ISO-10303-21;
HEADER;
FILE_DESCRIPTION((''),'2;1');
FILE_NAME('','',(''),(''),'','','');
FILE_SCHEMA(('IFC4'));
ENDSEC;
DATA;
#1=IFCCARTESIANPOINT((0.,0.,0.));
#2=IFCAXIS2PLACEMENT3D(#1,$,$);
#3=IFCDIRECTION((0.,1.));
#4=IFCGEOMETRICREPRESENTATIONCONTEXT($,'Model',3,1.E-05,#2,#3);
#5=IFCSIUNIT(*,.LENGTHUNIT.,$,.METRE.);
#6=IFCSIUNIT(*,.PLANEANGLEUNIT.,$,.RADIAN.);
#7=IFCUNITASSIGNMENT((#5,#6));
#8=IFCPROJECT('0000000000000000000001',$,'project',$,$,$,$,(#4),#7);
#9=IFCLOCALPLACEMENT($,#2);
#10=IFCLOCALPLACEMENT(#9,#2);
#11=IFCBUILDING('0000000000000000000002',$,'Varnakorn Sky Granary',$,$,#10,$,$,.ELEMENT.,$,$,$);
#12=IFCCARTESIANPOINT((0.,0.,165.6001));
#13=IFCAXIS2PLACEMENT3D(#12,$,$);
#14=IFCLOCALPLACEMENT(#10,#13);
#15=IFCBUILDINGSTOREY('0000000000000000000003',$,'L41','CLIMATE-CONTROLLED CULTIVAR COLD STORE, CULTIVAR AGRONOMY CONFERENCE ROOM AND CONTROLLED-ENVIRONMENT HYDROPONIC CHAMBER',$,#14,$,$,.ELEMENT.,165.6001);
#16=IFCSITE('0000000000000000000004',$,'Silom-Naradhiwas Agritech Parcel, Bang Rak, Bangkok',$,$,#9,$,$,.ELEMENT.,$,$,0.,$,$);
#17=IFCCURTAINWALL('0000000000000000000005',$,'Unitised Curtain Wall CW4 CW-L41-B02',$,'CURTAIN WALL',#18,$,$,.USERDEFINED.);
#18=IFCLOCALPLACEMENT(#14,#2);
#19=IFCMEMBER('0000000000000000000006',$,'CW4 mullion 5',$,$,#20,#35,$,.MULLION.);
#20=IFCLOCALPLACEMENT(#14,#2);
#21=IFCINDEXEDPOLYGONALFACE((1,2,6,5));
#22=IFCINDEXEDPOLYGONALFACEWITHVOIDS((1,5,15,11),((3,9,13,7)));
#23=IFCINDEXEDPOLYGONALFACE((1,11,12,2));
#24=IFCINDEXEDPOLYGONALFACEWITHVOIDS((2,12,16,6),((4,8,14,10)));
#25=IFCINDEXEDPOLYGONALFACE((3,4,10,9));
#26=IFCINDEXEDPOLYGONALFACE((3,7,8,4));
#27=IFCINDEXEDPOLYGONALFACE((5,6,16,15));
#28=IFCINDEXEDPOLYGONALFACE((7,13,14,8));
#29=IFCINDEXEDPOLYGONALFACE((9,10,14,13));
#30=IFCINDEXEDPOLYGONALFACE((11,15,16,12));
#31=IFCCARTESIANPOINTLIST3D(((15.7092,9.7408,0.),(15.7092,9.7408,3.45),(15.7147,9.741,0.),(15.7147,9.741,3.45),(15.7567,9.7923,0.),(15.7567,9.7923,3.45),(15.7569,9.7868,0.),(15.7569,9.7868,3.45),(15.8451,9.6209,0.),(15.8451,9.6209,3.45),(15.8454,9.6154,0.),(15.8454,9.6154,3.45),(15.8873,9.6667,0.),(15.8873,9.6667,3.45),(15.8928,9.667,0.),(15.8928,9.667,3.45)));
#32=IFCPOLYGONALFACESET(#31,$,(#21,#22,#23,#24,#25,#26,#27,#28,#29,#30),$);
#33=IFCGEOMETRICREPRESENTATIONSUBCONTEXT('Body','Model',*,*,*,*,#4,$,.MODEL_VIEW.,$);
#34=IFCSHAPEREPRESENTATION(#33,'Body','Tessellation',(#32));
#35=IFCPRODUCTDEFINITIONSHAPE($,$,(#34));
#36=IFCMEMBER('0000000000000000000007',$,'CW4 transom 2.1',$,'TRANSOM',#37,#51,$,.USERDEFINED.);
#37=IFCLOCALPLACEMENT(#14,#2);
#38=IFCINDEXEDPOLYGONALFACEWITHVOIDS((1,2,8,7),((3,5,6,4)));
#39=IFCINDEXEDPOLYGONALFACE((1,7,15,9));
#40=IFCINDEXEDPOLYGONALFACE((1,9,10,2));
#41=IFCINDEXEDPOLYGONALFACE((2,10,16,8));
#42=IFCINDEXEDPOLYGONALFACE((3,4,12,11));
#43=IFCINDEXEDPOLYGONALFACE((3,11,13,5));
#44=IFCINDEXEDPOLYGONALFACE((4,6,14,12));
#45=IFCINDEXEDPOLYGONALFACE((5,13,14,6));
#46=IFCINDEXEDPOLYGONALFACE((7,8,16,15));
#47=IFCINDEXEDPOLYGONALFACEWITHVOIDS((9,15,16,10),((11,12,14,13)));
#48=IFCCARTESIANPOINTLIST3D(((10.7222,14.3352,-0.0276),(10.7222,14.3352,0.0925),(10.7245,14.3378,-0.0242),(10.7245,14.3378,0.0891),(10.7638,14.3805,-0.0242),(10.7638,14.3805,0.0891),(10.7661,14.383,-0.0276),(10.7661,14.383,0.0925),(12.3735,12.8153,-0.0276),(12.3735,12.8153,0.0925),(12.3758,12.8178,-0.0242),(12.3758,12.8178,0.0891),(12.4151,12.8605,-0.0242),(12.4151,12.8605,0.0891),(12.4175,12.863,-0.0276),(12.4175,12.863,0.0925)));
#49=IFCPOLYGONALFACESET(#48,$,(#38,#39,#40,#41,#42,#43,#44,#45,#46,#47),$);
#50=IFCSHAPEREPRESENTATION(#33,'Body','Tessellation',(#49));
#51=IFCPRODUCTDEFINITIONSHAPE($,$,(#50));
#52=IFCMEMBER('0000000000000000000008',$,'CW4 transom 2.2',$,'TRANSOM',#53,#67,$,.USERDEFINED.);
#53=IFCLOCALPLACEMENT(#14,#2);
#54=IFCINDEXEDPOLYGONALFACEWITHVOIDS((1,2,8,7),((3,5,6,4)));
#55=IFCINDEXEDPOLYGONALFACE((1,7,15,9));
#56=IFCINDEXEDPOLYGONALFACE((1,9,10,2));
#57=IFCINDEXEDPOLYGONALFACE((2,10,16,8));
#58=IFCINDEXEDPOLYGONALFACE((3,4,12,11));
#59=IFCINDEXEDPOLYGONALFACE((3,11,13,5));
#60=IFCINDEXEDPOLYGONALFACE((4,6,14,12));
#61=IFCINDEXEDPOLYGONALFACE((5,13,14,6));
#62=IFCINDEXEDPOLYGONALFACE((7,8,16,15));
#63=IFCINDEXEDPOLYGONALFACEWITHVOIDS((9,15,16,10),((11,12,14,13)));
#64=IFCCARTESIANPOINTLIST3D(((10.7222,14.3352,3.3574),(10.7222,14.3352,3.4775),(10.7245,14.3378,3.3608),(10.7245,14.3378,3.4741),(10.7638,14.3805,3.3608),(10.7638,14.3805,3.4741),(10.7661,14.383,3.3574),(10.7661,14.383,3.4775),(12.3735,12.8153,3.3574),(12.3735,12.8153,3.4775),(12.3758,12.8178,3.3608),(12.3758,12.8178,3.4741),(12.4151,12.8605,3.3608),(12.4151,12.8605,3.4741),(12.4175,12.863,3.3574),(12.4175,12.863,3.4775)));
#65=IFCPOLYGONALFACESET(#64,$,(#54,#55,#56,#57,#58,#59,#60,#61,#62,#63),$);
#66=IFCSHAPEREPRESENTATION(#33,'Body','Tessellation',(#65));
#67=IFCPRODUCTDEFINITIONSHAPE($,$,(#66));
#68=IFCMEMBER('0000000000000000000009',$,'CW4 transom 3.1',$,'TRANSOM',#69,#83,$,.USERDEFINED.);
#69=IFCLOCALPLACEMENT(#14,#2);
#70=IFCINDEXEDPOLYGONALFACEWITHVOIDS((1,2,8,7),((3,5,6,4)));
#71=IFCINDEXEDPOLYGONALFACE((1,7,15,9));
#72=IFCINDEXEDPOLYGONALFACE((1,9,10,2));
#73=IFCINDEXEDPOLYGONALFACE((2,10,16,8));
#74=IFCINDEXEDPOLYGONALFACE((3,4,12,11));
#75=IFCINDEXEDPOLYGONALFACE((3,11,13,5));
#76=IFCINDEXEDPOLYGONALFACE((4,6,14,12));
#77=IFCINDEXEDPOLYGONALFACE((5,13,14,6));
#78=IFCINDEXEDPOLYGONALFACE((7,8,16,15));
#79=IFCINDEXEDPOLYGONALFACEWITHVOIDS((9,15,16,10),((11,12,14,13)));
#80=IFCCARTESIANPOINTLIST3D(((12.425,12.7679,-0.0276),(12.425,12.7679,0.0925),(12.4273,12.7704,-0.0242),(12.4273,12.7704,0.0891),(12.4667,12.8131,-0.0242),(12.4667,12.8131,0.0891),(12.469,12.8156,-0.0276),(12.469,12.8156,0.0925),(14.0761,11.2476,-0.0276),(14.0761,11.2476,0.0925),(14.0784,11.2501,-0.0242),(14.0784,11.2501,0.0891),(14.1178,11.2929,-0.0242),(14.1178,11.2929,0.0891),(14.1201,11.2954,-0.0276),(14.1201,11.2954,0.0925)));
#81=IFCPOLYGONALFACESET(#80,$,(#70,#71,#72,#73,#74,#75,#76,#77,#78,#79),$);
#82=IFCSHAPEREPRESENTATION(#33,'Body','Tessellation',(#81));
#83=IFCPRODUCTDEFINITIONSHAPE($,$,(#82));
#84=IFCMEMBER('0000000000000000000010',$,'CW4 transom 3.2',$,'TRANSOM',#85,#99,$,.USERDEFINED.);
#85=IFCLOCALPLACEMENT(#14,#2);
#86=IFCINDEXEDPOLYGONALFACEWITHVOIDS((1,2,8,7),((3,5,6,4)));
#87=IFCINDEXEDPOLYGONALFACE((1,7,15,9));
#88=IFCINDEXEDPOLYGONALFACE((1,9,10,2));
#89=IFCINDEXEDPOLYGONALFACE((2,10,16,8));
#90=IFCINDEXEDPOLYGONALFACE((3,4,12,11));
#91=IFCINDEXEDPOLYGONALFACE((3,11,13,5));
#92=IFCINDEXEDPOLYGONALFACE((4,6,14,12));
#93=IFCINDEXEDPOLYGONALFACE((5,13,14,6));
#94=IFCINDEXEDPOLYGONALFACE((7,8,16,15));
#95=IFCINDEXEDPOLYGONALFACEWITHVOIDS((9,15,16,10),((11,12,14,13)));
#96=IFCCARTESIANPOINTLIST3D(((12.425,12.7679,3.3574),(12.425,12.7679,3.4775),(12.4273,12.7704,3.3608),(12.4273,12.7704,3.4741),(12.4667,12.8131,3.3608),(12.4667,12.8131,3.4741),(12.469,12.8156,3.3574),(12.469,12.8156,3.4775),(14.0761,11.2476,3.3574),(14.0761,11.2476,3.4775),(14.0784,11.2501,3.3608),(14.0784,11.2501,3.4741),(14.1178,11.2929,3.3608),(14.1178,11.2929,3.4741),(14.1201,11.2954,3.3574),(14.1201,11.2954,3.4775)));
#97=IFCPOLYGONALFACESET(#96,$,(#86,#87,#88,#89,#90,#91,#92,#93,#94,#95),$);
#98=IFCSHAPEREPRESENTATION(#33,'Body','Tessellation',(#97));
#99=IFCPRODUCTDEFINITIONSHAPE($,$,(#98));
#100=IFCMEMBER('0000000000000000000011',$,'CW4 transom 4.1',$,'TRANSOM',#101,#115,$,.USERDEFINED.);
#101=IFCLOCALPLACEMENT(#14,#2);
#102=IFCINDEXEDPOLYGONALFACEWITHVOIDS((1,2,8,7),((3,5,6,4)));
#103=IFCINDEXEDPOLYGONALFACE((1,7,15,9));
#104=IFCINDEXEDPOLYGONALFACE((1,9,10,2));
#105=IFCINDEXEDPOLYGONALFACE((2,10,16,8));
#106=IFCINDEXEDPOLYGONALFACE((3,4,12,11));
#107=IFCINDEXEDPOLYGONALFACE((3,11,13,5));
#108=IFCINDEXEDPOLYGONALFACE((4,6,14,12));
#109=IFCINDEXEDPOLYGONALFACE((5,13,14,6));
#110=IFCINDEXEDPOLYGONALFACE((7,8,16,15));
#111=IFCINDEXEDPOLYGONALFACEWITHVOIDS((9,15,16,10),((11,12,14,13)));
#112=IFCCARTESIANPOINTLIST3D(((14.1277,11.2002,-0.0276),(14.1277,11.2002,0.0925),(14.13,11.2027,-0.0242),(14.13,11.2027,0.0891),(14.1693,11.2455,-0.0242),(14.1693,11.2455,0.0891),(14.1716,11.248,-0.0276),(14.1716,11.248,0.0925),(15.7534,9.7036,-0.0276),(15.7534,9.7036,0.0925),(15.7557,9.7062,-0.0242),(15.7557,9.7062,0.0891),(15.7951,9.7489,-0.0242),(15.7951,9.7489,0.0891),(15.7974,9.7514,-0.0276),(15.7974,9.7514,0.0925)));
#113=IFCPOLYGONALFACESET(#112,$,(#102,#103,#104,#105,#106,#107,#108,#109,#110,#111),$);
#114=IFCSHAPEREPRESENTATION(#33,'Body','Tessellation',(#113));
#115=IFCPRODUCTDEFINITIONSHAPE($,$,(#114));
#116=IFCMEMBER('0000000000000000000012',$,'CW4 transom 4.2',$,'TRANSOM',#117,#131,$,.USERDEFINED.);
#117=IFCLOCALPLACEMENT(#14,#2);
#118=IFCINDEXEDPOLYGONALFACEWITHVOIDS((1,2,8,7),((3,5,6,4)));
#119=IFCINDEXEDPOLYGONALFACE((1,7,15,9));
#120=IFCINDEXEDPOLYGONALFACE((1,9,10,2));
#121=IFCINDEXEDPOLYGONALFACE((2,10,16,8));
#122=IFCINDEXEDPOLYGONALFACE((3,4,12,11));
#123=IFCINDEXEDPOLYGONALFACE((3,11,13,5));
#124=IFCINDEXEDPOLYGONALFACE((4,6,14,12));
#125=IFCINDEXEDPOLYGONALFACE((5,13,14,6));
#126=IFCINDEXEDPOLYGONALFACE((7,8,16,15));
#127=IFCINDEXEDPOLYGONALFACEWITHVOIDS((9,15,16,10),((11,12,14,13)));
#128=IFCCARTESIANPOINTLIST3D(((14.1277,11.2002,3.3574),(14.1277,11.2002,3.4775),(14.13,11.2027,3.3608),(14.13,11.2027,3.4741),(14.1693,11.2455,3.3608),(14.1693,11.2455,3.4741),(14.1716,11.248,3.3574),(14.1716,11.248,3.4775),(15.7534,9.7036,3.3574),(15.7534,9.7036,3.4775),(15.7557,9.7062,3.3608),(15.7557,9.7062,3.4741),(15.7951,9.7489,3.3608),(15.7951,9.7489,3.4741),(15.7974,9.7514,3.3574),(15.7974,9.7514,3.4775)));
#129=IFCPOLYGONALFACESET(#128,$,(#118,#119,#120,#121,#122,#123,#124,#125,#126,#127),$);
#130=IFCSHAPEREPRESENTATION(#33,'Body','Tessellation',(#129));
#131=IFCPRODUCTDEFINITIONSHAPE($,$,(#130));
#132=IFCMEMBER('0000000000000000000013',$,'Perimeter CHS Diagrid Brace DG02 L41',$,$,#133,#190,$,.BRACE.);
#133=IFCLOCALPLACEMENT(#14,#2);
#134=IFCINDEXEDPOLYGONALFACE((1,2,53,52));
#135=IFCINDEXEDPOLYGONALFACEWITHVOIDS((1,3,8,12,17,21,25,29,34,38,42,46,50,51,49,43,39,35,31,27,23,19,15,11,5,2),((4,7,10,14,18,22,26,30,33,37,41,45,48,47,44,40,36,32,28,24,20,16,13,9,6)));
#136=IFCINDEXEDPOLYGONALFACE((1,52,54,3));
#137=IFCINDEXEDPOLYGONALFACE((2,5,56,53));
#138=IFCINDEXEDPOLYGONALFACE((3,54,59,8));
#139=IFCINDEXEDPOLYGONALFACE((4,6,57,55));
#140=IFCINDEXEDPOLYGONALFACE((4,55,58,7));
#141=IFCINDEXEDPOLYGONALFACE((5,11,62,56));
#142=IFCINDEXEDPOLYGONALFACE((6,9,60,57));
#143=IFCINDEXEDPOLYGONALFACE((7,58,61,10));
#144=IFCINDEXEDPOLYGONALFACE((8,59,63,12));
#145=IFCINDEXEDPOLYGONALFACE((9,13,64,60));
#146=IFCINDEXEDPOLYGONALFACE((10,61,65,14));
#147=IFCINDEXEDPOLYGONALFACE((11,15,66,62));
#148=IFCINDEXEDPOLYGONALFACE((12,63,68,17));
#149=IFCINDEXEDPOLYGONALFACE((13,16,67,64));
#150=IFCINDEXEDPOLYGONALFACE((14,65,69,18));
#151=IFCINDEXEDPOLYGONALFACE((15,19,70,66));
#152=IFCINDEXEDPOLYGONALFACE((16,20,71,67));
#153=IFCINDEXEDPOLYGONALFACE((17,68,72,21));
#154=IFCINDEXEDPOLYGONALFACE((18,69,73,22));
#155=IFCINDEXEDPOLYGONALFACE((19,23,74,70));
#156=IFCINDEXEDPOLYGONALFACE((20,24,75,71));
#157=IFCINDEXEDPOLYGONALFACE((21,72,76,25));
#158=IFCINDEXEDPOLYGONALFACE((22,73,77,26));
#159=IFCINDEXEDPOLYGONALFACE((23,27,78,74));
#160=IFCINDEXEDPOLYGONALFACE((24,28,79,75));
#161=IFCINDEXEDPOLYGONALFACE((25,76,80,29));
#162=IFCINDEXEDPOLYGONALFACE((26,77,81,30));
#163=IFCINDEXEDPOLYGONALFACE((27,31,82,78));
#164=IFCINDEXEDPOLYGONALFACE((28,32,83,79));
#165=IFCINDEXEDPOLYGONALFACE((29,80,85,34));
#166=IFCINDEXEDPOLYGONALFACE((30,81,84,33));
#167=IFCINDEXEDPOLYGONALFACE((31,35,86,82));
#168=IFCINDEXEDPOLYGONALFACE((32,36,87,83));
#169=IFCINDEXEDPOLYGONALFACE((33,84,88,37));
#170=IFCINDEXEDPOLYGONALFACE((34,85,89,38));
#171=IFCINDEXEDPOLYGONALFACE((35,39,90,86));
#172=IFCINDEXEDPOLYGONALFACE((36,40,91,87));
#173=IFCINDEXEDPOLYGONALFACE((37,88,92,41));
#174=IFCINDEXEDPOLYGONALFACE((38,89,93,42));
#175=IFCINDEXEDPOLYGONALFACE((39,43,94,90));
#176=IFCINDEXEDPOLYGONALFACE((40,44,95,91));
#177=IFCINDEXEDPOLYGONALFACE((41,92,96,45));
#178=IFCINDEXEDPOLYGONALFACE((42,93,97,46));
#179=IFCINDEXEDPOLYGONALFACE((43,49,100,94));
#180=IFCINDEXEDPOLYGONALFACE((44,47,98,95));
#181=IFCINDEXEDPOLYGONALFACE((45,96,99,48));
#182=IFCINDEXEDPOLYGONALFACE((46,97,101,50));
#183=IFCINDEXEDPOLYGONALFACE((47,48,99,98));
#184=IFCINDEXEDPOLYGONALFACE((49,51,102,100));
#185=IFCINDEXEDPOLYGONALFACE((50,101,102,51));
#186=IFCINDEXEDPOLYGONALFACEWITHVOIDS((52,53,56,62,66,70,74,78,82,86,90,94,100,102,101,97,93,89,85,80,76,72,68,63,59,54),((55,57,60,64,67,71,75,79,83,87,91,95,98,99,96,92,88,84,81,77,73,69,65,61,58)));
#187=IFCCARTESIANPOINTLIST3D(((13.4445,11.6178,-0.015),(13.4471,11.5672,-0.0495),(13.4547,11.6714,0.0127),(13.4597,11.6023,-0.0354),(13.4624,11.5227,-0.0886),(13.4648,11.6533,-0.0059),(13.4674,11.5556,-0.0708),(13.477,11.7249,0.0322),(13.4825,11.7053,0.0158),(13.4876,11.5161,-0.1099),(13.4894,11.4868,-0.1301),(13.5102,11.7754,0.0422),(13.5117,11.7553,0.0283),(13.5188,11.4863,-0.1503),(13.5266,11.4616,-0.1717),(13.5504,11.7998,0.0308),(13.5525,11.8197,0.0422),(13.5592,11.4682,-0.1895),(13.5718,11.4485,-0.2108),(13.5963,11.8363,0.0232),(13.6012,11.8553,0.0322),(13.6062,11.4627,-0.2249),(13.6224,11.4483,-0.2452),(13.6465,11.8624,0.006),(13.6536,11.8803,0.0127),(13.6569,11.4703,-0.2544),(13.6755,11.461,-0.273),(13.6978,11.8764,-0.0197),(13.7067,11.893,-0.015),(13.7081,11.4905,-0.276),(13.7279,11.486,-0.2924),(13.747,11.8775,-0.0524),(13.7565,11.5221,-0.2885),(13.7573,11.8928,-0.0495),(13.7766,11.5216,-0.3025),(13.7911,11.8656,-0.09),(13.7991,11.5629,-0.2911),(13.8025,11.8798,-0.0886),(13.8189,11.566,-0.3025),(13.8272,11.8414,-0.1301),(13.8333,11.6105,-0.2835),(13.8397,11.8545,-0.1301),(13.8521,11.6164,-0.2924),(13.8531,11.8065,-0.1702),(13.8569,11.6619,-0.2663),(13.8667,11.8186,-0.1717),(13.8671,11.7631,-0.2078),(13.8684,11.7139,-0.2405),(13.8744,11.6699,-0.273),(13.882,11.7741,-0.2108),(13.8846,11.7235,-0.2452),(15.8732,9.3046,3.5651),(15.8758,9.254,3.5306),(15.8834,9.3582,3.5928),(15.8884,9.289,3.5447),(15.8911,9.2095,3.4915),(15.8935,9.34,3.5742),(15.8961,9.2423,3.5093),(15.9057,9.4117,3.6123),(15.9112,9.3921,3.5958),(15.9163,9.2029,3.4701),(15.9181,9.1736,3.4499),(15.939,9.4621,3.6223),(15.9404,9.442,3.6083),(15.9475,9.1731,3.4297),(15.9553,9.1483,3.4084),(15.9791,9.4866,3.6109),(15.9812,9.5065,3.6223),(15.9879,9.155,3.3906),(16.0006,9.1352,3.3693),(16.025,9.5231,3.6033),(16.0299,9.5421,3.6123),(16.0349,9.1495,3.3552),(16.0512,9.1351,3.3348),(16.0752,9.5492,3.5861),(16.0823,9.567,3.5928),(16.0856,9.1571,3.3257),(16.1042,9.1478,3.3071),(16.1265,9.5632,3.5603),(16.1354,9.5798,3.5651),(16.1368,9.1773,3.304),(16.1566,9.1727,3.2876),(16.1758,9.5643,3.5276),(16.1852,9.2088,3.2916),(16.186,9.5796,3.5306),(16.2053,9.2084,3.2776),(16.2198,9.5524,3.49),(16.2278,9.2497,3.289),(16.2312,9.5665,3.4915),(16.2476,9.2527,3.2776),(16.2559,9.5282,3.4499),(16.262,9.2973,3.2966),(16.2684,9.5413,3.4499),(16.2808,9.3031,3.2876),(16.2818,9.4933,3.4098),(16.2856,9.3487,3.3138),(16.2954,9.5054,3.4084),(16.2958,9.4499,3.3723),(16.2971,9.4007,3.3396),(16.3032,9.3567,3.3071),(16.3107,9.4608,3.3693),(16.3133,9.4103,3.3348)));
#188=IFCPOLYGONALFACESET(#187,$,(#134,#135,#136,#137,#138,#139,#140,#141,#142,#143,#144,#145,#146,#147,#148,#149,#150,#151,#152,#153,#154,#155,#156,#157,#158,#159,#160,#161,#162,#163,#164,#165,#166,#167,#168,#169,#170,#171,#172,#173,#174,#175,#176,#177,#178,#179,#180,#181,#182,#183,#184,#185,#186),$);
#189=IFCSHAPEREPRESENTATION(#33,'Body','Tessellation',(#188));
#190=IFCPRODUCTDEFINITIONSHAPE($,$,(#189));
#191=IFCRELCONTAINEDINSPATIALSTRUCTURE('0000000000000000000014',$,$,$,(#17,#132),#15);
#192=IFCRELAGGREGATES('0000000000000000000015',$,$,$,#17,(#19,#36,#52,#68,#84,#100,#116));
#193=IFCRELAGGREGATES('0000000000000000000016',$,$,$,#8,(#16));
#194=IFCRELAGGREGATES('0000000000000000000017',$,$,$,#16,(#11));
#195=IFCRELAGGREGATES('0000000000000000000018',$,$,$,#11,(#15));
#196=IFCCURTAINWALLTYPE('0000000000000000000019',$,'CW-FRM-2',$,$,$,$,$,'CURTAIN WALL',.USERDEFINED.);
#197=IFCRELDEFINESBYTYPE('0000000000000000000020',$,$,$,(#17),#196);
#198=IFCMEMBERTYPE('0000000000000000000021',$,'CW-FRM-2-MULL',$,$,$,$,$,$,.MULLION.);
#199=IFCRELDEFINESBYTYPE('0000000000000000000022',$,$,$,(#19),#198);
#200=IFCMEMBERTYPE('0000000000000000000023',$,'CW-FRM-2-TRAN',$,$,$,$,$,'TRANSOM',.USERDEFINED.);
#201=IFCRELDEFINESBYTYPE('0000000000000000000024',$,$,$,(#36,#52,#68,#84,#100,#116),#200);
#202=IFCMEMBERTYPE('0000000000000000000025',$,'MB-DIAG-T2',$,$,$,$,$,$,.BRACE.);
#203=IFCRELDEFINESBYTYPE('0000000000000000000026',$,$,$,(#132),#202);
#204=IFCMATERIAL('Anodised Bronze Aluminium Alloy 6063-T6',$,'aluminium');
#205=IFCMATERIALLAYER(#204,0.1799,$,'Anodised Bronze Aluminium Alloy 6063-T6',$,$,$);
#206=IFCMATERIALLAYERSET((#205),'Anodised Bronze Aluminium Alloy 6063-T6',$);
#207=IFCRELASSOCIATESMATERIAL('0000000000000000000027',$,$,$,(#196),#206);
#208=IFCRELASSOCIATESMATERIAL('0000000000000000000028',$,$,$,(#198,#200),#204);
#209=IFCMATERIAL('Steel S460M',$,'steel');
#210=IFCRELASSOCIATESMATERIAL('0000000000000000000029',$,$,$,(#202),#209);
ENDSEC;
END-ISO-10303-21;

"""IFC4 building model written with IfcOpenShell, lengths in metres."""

from ifc_helpers import new_model, si_unit, direction, frame, origin, origin_2d, place, context, subcontext, project, spatial, hollow_rectangle, hollow_circle, extrude, material, layer, layer_set, material_profile, profile_set, type_object, element, aggregate, save


model = new_model("IFC4")

# Units and contexts
model_context = context("Model", 3, precision=1e-05, world=origin(), true_north=direction((0.0, 1.0)))
body_context = subcontext(model_context, "Body", "Model", "MODEL_VIEW")
ifc_project = project(units=[si_unit("LENGTHUNIT", "METRE"), si_unit("PLANEANGLEUNIT", "RADIAN")], contexts=[model_context])

# Site, building, storey
site_placement = place(None, origin())
site = spatial("IfcSite", under=ifc_project, at=site_placement, Name="Silom-Naradhiwas Agritech Parcel, Bang Rak, Bangkok", CompositionType="ELEMENT", RefElevation=0.0)
building_placement = place(site_placement, origin())
building = spatial("IfcBuilding", under=site, at=building_placement, Name="Varnakorn Sky Granary", CompositionType="ELEMENT")
storey_placement = place(building_placement, frame((0.0, 0.0, 165.6001)))
storey = spatial("IfcBuildingStorey", under=building, at=storey_placement, Name="L41", Description="CLIMATE-CONTROLLED CULTIVAR COLD STORE, CULTIVAR AGRONOMY CONFERENCE ROOM AND CONTROLLED-ENVIRONMENT HYDROPONIC CHAMBER", CompositionType="ELEMENT", Elevation=165.6001)

# Shared definitions
ifc_material_1 = material(Name="Steel S460M", Category="steel")

# Shared definitions
ifc_material_2 = material(Name="Anodised Bronze Aluminium Alloy 6063-T6", Category="aluminium")
ifc_layer_1 = layer(ifc_material_2, 0.1799, Name="Anodised Bronze Aluminium Alloy 6063-T6")
ifc_layer_set_1 = layer_set([ifc_layer_1], Name="Anodised Bronze Aluminium Alloy 6063-T6")
curtain_wall_type = type_object("IfcCurtainWallType", Name="CW-FRM-2", ElementType="CURTAIN WALL", PredefinedType="USERDEFINED", material=ifc_layer_set_1)
ifc_material_profile_1 = material_profile(ifc_material_2, hollow_rectangle(XDim=0.0701, YDim=0.1851, WallThickness=0.0039, at=origin_2d()), Name="ALU MULL 70x185")
ifc_profile_set_1 = profile_set([ifc_material_profile_1], Name="Anodised Bronze Aluminium Alloy 6063-T6")
member_type_1 = type_object("IfcMemberType", Name="CW-FRM-2-MULL", PredefinedType="MULLION", material=ifc_profile_set_1)

# Curtain wall, members
curtain_wall_1_placement = place(storey_placement, origin())
curtain_wall_1 = element("IfcCurtainWall", 1, at=curtain_wall_1_placement, inside=storey, type_object=curtain_wall_type, Name="Unitised Curtain Wall CW4 CW-L41-B02", ObjectType="CURTAIN WALL", PredefinedType="USERDEFINED")
member_1_placement = place(storey_placement, frame((15.801, 9.7039, 0.0), z_axis=(0.0, 0.0, 1.0), x_axis=(0.677285, 0.735721, 0.0)))
member_1 = element("IfcMember", 2, at=member_1_placement, type_object=member_type_1, Name="CW4 mullion 5", PredefinedType="MULLION", context=body_context, shape_type="SweptSolid", body=[
    extrude(hollow_rectangle(XDim=0.0701, YDim=0.1851, WallThickness=0.0039, at=origin_2d()), origin(), (0.0, 0.0, 1.0), 3.45),
])
ifc_material_profile_2 = material_profile(ifc_material_2, hollow_rectangle(XDim=0.0649, YDim=0.1201, WallThickness=0.0034, at=origin_2d()), Name="ALU TRAN 65x120")
ifc_profile_set_2 = profile_set([ifc_material_profile_2], Name="Anodised Bronze Aluminium Alloy 6063-T6")
member_type_2 = type_object("IfcMemberType", Name="CW-FRM-2-TRAN", ElementType="TRANSOM", PredefinedType="USERDEFINED", material=ifc_profile_set_2)
member_2_placement = place(storey_placement, frame((10.7441, 14.3591, 0.0325), z_axis=(0.735762, -0.67724, 0.0), x_axis=(0.67724, 0.735762, 0.0)))
member_2 = element("IfcMember", 3, at=member_2_placement, type_object=member_type_2, Name="CW4 transom 2.1", ObjectType="TRANSOM", PredefinedType="USERDEFINED", context=body_context, shape_type="SweptSolid", body=[
    extrude(hollow_rectangle(XDim=0.0649, YDim=0.1201, WallThickness=0.0034, at=origin_2d()), origin(), (0.0, 0.0, 1.0), 2.2444),
])
member_3_placement = place(storey_placement, frame((10.7441, 14.3591, 3.4175), z_axis=(0.735762, -0.67724, 0.0), x_axis=(0.67724, 0.735762, 0.0)))
member_3 = element("IfcMember", 4, at=member_3_placement, type_object=member_type_2, Name="CW4 transom 2.2", ObjectType="TRANSOM", PredefinedType="USERDEFINED", context=body_context, shape_type="SweptSolid", body=[
    extrude(hollow_rectangle(XDim=0.0649, YDim=0.1201, WallThickness=0.0034, at=origin_2d()), origin(), (0.0, 0.0, 1.0), 2.2444),
])
member_4_placement = place(storey_placement, frame((12.447, 12.7917, 0.0325), z_axis=(0.735658, -0.677353, 0.0), x_axis=(0.677353, 0.735658, 0.0)))
member_4 = element("IfcMember", 5, at=member_4_placement, type_object=member_type_2, Name="CW4 transom 3.1", ObjectType="TRANSOM", PredefinedType="USERDEFINED", context=body_context, shape_type="SweptSolid", body=[
    extrude(hollow_rectangle(XDim=0.0649, YDim=0.1201, WallThickness=0.0034, at=origin_2d()), origin(), (0.0, 0.0, 1.0), 2.2444),
])
member_5_placement = place(storey_placement, frame((12.447, 12.7917, 3.4175), z_axis=(0.735658, -0.677353, 0.0), x_axis=(0.677353, 0.735658, 0.0)))
member_5 = element("IfcMember", 6, at=member_5_placement, type_object=member_type_2, Name="CW4 transom 3.2", ObjectType="TRANSOM", PredefinedType="USERDEFINED", context=body_context, shape_type="SweptSolid", body=[
    extrude(hollow_rectangle(XDim=0.0649, YDim=0.1201, WallThickness=0.0034, at=origin_2d()), origin(), (0.0, 0.0, 1.0), 2.2444),
])
member_6_placement = place(storey_placement, frame((14.1497, 11.2241, 0.0325), z_axis=(0.735726, -0.677279, 0.0), x_axis=(0.677279, 0.735726, 0.0)))
member_6 = element("IfcMember", 7, at=member_6_placement, type_object=member_type_2, Name="CW4 transom 4.1", ObjectType="TRANSOM", PredefinedType="USERDEFINED", context=body_context, shape_type="SweptSolid", body=[
    extrude(hollow_rectangle(XDim=0.0649, YDim=0.1201, WallThickness=0.0034, at=origin_2d()), origin(), (0.0, 0.0, 1.0), 2.2097),
])
member_7_placement = place(storey_placement, frame((14.1497, 11.2241, 3.4175), z_axis=(0.735726, -0.677279, 0.0), x_axis=(0.677279, 0.735726, 0.0)))
member_7 = element("IfcMember", 8, at=member_7_placement, type_object=member_type_2, Name="CW4 transom 4.2", ObjectType="TRANSOM", PredefinedType="USERDEFINED", context=body_context, shape_type="SweptSolid", body=[
    extrude(hollow_rectangle(XDim=0.0649, YDim=0.1201, WallThickness=0.0034, at=origin_2d()), origin(), (0.0, 0.0, 1.0), 2.2097),
])

# Member
ifc_material_profile_3 = material_profile(ifc_material_1, hollow_circle(Radius=0.2539, WallThickness=0.0181, at=origin_2d()), Name="CHS 508x18")
ifc_profile_set_3 = profile_set([ifc_material_profile_3], Name="Steel S460M")
member_type_3 = type_object("IfcMemberType", Name="MB-DIAG-T2", PredefinedType="BRACE", material=ifc_profile_set_3)
member_8_placement = place(storey_placement, frame((13.6646, 11.6707, -0.1301), z_axis=(0.495072, -0.471532, 0.729768), x_axis=(0.689682, 0.724112, 0.0)))
element("IfcMember", 9, at=member_8_placement, inside=storey, type_object=member_type_3, Name="Perimeter CHS Diagrid Brace DG02 L41", PredefinedType="BRACE", context=body_context, shape_type="SweptSolid", body=[
    extrude(hollow_circle(Radius=0.2539, WallThickness=0.0181, at=origin_2d()), origin(), (0.0, 0.0, 1.0), 4.9058),
])

aggregate(curtain_wall_1, [member_1, member_2, member_3, member_4, member_5, member_6, member_7])

save(model, "model.ifc")
